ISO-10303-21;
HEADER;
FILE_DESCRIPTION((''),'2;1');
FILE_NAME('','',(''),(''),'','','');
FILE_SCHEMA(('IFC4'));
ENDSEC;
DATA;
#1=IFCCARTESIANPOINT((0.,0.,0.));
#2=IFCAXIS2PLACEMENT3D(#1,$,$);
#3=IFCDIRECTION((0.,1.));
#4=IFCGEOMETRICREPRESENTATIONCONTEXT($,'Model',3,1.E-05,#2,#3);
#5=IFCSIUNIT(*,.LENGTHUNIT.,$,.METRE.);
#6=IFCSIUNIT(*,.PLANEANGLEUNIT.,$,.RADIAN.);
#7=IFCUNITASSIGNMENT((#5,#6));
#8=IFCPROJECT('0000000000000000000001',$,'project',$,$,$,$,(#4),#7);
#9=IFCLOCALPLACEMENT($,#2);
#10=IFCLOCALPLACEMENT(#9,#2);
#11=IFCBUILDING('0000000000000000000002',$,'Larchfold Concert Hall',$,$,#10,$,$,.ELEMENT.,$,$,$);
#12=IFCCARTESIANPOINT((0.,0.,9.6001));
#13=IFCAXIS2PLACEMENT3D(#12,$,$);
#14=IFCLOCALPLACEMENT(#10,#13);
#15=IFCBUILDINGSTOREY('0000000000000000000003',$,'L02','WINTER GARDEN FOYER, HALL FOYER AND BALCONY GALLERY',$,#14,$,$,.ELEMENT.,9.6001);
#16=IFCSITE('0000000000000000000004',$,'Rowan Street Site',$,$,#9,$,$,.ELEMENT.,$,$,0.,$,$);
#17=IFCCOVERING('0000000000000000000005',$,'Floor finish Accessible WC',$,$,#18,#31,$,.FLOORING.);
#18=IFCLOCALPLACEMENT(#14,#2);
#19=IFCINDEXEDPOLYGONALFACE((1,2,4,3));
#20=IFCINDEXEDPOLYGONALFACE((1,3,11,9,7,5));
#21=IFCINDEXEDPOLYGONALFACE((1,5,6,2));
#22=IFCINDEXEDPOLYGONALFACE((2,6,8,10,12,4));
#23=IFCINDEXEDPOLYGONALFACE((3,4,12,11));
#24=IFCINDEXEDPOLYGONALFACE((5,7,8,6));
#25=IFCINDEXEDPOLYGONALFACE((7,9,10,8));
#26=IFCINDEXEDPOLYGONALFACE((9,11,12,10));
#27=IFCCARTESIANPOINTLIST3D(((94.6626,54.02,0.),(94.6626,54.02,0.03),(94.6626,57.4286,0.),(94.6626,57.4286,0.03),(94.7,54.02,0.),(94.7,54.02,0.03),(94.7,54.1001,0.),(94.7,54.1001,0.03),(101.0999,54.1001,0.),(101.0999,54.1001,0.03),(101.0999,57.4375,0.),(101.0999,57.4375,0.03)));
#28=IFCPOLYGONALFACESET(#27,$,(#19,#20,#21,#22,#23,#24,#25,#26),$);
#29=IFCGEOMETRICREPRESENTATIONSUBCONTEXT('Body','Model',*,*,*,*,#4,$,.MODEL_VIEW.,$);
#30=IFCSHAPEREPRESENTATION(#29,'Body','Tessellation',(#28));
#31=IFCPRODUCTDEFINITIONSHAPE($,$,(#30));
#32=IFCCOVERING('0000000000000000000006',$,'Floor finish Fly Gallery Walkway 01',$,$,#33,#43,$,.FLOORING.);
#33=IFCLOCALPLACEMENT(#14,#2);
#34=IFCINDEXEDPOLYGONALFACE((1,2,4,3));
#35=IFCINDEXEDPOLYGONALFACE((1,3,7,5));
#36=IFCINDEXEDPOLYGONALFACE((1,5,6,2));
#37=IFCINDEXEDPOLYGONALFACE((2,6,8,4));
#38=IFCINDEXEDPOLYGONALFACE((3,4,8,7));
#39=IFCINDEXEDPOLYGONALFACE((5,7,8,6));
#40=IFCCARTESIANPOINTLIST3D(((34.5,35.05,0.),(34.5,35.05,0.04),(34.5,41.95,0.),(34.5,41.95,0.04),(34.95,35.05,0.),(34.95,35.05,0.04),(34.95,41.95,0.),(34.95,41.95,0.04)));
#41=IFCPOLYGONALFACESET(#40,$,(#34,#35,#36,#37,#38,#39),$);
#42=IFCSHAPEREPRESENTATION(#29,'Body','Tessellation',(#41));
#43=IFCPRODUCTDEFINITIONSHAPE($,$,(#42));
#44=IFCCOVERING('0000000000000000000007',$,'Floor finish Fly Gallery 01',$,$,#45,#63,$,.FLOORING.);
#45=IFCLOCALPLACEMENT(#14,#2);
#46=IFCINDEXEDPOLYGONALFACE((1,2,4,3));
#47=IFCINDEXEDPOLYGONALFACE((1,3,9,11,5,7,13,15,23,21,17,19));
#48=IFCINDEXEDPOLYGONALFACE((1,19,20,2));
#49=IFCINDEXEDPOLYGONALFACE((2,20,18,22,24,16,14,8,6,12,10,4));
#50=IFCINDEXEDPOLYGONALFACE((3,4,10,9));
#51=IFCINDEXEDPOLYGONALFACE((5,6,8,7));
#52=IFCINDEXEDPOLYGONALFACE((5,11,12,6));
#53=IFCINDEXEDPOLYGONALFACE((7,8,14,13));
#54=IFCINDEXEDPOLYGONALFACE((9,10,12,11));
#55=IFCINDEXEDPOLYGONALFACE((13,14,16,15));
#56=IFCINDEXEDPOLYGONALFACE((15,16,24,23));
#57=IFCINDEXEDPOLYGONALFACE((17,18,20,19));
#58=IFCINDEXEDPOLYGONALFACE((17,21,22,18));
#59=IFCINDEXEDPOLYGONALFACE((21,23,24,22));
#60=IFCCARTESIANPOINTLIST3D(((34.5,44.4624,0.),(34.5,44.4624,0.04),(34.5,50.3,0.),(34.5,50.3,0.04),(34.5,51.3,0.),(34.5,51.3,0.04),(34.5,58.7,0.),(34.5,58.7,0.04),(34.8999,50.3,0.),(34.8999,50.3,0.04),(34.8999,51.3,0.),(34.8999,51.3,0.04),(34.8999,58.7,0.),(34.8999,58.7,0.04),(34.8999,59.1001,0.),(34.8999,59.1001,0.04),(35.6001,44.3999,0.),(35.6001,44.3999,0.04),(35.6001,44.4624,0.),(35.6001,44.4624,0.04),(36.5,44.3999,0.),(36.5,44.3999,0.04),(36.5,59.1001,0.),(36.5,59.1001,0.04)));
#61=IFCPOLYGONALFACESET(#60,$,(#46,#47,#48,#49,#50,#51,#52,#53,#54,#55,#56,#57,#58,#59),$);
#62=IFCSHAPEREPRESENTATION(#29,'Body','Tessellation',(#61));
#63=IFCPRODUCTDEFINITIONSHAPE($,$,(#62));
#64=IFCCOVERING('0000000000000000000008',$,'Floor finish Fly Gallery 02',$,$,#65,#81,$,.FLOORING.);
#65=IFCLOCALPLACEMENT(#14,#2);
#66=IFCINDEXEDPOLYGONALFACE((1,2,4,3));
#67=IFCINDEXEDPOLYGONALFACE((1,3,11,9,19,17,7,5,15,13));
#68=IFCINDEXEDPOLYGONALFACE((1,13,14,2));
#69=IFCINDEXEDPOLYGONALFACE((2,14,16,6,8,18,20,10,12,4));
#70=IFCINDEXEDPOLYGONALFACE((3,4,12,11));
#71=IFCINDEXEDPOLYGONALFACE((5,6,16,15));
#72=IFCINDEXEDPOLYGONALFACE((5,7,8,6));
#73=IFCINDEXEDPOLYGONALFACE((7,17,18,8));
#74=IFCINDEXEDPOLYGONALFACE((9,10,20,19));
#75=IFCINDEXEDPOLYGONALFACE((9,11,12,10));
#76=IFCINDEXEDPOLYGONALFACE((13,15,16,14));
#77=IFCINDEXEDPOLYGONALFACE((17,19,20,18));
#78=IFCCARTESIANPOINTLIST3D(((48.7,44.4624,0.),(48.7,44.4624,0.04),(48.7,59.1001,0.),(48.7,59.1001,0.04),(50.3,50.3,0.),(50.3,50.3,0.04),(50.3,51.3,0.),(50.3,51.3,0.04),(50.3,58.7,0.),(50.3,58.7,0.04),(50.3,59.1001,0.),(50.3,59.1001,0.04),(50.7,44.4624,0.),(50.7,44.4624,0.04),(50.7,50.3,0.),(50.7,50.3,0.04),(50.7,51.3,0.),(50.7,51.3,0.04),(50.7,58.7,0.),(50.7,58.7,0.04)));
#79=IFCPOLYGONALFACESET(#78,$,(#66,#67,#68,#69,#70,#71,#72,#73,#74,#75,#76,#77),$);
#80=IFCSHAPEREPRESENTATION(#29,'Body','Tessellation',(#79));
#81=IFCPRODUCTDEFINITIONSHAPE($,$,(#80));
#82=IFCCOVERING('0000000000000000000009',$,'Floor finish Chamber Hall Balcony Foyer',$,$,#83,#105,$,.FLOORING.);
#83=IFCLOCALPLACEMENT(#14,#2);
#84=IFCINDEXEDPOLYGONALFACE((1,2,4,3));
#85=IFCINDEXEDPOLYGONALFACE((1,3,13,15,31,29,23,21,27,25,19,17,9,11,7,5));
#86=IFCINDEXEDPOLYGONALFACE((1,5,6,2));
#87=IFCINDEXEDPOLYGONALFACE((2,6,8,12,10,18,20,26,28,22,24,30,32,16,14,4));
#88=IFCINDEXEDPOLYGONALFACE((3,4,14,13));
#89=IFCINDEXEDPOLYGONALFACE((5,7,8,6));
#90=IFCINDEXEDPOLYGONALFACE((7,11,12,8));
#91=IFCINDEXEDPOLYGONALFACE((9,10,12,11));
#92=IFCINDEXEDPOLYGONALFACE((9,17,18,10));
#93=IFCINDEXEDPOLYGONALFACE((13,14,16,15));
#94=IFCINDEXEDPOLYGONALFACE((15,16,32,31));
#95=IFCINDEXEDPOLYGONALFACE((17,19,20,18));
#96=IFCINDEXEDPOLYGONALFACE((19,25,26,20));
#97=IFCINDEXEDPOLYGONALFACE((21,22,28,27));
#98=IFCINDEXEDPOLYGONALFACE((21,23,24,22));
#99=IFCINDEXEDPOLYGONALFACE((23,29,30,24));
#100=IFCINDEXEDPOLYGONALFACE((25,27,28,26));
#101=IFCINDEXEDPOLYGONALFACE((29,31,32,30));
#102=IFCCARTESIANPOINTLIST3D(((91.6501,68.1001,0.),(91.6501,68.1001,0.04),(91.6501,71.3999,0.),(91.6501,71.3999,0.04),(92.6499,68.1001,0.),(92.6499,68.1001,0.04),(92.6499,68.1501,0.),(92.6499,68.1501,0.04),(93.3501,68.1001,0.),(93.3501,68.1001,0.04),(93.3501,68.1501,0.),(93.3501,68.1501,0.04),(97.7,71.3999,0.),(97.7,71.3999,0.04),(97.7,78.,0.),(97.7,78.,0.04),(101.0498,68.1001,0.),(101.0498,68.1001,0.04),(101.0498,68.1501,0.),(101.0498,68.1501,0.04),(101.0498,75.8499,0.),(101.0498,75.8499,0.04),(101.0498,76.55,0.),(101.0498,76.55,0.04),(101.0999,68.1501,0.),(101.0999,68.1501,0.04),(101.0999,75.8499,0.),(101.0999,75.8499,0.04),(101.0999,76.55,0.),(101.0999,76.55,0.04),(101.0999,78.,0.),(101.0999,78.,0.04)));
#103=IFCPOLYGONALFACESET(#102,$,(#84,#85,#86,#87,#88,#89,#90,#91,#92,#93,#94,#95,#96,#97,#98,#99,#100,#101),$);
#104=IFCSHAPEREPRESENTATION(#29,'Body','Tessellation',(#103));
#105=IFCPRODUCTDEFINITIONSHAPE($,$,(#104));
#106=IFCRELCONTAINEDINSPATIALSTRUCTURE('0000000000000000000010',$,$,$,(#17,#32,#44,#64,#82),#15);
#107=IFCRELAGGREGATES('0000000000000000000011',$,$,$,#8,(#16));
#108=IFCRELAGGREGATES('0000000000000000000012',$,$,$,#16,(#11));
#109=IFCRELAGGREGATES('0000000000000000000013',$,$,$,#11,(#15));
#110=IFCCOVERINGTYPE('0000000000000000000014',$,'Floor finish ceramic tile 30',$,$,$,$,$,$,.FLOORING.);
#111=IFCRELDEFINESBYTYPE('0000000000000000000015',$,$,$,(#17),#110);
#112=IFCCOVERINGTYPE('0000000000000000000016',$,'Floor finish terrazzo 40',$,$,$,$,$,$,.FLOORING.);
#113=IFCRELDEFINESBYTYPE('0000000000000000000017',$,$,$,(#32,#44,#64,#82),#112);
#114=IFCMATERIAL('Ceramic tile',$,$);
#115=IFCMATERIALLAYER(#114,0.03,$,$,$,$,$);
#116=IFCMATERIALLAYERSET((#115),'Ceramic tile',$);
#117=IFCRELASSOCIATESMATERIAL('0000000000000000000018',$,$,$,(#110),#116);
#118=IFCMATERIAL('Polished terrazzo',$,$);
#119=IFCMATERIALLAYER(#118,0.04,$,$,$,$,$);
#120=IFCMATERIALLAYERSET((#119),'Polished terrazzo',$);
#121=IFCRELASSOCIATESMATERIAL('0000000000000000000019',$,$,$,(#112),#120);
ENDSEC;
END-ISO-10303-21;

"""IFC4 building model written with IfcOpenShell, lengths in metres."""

from ifc_helpers import new_model, si_unit, direction, frame, origin, place, context, subcontext, project, spatial, polyline, outline, extrude, material, layer, layer_set, type_object, element, save


model = new_model("IFC4")

# Units and contexts
model_context = context("Model", 3, precision=1e-05, world=origin(), true_north=direction((0.0, 1.0)))
body_context = subcontext(model_context, "Body", "Model", "MODEL_VIEW")
ifc_project = project(units=[si_unit("LENGTHUNIT", "METRE"), si_unit("PLANEANGLEUNIT", "RADIAN")], contexts=[model_context])

# Site, building, storey
site_placement = place(None, origin())
site = spatial("IfcSite", under=ifc_project, at=site_placement, Name="Rowan Street Site", CompositionType="ELEMENT", RefElevation=0.0)
building_placement = place(site_placement, origin())
building = spatial("IfcBuilding", under=site, at=building_placement, Name="Larchfold Concert Hall", CompositionType="ELEMENT")
storey_placement = place(building_placement, frame((0.0, 0.0, 9.6001)))
storey = spatial("IfcBuildingStorey", under=building, at=storey_placement, Name="L02", Description="WINTER GARDEN FOYER, HALL FOYER AND BALCONY GALLERY", CompositionType="ELEMENT", Elevation=9.6001)

# Coverings
ifc_material_1 = material(Name="Ceramic tile")
ifc_layer_1 = layer(ifc_material_1, 0.03)
ifc_layer_set_1 = layer_set([ifc_layer_1], Name="Ceramic tile")
covering_type_1 = type_object("IfcCoveringType", Name="Floor finish ceramic tile 30", PredefinedType="FLOORING", material=ifc_layer_set_1)
covering_1_placement = place(storey_placement, origin())
element("IfcCovering", 1, at=covering_1_placement, inside=storey, type_object=covering_type_1, Name="Floor finish Accessible WC", PredefinedType="FLOORING", context=body_context, shape_type="SweptSolid", body=[
    extrude(outline(polyline([(94.6001, 57.4285), (94.6626, 57.4285), (94.6626, 54.02), (94.7, 54.02), (94.7, 54.1001), (101.0999, 54.1001), (101.0999, 57.4375), (94.6001, 57.4285)])), origin(), (0.0, 0.0, 1.0), 0.03),
])
ifc_material_2 = material(Name="Polished terrazzo")
ifc_layer_2 = layer(ifc_material_2, 0.04)
ifc_layer_set_2 = layer_set([ifc_layer_2], Name="Polished terrazzo")
covering_type_2 = type_object("IfcCoveringType", Name="Floor finish terrazzo 40", PredefinedType="FLOORING", material=ifc_layer_set_2)
covering_2_placement = place(storey_placement, origin())
element("IfcCovering", 2, at=covering_2_placement, inside=storey, type_object=covering_type_2, Name="Floor finish Fly Gallery Walkway 01", PredefinedType="FLOORING", context=body_context, shape_type="SweptSolid", body=[
    extrude(outline(polyline([(34.5, 35.05), (34.95, 35.05), (34.95, 41.95), (34.5, 41.95), (34.5, 35.05)])), origin(), (0.0, 0.0, 1.0), 0.04),
])
covering_3_placement = place(storey_placement, origin())
element("IfcCovering", 3, at=covering_3_placement, inside=storey, type_object=covering_type_2, Name="Floor finish Fly Gallery 01", PredefinedType="FLOORING", context=body_context, shape_type="SweptSolid", body=[
    extrude(outline(polyline([(35.6001, 44.3999), (36.5, 44.3999), (36.5, 59.1001), (34.8999, 59.1001), (34.8999, 58.7), (34.5, 58.7), (34.5, 51.3), (34.8999, 51.3), (34.8999, 50.3), (34.5, 50.3), (34.5, 44.4624), (35.6001, 44.4624), (35.6001, 44.3999)])), origin(), (0.0, 0.0, 1.0), 0.04),
])
covering_4_placement = place(storey_placement, origin())
element("IfcCovering", 4, at=covering_4_placement, inside=storey, type_object=covering_type_2, Name="Floor finish Fly Gallery 02", PredefinedType="FLOORING", context=body_context, shape_type="SweptSolid", body=[
    extrude(outline(polyline([(48.7, 59.1001), (48.7, 44.4624), (50.7, 44.4624), (50.7, 50.3), (50.3, 50.3), (50.3, 51.3), (50.7, 51.3), (50.7, 58.7), (50.3, 58.7), (50.3, 59.1001), (48.7, 59.1001)])), origin(), (0.0, 0.0, 1.0), 0.04),
])
covering_5_placement = place(storey_placement, origin())
element("IfcCovering", 5, at=covering_5_placement, inside=storey, type_object=covering_type_2, Name="Floor finish Chamber Hall Balcony Foyer", PredefinedType="FLOORING", context=body_context, shape_type="SweptSolid", body=[
    extrude(outline(polyline([(101.0999, 76.55), (101.0999, 78.0), (97.7, 78.0), (97.7, 71.3999), (91.6501, 71.3999), (91.6501, 68.1001), (92.6499, 68.1001), (92.6499, 68.1501), (93.3501, 68.1501), (93.3501, 68.1001), (101.0498, 68.1001), (101.0498, 68.1501), (101.0999, 68.1501), (101.0999, 75.8499), (101.0498, 75.8499), (101.0498, 76.55), (101.0999, 76.55)])), origin(), (0.0, 0.0, 1.0), 0.04),
])

save(model, "model.ifc")
